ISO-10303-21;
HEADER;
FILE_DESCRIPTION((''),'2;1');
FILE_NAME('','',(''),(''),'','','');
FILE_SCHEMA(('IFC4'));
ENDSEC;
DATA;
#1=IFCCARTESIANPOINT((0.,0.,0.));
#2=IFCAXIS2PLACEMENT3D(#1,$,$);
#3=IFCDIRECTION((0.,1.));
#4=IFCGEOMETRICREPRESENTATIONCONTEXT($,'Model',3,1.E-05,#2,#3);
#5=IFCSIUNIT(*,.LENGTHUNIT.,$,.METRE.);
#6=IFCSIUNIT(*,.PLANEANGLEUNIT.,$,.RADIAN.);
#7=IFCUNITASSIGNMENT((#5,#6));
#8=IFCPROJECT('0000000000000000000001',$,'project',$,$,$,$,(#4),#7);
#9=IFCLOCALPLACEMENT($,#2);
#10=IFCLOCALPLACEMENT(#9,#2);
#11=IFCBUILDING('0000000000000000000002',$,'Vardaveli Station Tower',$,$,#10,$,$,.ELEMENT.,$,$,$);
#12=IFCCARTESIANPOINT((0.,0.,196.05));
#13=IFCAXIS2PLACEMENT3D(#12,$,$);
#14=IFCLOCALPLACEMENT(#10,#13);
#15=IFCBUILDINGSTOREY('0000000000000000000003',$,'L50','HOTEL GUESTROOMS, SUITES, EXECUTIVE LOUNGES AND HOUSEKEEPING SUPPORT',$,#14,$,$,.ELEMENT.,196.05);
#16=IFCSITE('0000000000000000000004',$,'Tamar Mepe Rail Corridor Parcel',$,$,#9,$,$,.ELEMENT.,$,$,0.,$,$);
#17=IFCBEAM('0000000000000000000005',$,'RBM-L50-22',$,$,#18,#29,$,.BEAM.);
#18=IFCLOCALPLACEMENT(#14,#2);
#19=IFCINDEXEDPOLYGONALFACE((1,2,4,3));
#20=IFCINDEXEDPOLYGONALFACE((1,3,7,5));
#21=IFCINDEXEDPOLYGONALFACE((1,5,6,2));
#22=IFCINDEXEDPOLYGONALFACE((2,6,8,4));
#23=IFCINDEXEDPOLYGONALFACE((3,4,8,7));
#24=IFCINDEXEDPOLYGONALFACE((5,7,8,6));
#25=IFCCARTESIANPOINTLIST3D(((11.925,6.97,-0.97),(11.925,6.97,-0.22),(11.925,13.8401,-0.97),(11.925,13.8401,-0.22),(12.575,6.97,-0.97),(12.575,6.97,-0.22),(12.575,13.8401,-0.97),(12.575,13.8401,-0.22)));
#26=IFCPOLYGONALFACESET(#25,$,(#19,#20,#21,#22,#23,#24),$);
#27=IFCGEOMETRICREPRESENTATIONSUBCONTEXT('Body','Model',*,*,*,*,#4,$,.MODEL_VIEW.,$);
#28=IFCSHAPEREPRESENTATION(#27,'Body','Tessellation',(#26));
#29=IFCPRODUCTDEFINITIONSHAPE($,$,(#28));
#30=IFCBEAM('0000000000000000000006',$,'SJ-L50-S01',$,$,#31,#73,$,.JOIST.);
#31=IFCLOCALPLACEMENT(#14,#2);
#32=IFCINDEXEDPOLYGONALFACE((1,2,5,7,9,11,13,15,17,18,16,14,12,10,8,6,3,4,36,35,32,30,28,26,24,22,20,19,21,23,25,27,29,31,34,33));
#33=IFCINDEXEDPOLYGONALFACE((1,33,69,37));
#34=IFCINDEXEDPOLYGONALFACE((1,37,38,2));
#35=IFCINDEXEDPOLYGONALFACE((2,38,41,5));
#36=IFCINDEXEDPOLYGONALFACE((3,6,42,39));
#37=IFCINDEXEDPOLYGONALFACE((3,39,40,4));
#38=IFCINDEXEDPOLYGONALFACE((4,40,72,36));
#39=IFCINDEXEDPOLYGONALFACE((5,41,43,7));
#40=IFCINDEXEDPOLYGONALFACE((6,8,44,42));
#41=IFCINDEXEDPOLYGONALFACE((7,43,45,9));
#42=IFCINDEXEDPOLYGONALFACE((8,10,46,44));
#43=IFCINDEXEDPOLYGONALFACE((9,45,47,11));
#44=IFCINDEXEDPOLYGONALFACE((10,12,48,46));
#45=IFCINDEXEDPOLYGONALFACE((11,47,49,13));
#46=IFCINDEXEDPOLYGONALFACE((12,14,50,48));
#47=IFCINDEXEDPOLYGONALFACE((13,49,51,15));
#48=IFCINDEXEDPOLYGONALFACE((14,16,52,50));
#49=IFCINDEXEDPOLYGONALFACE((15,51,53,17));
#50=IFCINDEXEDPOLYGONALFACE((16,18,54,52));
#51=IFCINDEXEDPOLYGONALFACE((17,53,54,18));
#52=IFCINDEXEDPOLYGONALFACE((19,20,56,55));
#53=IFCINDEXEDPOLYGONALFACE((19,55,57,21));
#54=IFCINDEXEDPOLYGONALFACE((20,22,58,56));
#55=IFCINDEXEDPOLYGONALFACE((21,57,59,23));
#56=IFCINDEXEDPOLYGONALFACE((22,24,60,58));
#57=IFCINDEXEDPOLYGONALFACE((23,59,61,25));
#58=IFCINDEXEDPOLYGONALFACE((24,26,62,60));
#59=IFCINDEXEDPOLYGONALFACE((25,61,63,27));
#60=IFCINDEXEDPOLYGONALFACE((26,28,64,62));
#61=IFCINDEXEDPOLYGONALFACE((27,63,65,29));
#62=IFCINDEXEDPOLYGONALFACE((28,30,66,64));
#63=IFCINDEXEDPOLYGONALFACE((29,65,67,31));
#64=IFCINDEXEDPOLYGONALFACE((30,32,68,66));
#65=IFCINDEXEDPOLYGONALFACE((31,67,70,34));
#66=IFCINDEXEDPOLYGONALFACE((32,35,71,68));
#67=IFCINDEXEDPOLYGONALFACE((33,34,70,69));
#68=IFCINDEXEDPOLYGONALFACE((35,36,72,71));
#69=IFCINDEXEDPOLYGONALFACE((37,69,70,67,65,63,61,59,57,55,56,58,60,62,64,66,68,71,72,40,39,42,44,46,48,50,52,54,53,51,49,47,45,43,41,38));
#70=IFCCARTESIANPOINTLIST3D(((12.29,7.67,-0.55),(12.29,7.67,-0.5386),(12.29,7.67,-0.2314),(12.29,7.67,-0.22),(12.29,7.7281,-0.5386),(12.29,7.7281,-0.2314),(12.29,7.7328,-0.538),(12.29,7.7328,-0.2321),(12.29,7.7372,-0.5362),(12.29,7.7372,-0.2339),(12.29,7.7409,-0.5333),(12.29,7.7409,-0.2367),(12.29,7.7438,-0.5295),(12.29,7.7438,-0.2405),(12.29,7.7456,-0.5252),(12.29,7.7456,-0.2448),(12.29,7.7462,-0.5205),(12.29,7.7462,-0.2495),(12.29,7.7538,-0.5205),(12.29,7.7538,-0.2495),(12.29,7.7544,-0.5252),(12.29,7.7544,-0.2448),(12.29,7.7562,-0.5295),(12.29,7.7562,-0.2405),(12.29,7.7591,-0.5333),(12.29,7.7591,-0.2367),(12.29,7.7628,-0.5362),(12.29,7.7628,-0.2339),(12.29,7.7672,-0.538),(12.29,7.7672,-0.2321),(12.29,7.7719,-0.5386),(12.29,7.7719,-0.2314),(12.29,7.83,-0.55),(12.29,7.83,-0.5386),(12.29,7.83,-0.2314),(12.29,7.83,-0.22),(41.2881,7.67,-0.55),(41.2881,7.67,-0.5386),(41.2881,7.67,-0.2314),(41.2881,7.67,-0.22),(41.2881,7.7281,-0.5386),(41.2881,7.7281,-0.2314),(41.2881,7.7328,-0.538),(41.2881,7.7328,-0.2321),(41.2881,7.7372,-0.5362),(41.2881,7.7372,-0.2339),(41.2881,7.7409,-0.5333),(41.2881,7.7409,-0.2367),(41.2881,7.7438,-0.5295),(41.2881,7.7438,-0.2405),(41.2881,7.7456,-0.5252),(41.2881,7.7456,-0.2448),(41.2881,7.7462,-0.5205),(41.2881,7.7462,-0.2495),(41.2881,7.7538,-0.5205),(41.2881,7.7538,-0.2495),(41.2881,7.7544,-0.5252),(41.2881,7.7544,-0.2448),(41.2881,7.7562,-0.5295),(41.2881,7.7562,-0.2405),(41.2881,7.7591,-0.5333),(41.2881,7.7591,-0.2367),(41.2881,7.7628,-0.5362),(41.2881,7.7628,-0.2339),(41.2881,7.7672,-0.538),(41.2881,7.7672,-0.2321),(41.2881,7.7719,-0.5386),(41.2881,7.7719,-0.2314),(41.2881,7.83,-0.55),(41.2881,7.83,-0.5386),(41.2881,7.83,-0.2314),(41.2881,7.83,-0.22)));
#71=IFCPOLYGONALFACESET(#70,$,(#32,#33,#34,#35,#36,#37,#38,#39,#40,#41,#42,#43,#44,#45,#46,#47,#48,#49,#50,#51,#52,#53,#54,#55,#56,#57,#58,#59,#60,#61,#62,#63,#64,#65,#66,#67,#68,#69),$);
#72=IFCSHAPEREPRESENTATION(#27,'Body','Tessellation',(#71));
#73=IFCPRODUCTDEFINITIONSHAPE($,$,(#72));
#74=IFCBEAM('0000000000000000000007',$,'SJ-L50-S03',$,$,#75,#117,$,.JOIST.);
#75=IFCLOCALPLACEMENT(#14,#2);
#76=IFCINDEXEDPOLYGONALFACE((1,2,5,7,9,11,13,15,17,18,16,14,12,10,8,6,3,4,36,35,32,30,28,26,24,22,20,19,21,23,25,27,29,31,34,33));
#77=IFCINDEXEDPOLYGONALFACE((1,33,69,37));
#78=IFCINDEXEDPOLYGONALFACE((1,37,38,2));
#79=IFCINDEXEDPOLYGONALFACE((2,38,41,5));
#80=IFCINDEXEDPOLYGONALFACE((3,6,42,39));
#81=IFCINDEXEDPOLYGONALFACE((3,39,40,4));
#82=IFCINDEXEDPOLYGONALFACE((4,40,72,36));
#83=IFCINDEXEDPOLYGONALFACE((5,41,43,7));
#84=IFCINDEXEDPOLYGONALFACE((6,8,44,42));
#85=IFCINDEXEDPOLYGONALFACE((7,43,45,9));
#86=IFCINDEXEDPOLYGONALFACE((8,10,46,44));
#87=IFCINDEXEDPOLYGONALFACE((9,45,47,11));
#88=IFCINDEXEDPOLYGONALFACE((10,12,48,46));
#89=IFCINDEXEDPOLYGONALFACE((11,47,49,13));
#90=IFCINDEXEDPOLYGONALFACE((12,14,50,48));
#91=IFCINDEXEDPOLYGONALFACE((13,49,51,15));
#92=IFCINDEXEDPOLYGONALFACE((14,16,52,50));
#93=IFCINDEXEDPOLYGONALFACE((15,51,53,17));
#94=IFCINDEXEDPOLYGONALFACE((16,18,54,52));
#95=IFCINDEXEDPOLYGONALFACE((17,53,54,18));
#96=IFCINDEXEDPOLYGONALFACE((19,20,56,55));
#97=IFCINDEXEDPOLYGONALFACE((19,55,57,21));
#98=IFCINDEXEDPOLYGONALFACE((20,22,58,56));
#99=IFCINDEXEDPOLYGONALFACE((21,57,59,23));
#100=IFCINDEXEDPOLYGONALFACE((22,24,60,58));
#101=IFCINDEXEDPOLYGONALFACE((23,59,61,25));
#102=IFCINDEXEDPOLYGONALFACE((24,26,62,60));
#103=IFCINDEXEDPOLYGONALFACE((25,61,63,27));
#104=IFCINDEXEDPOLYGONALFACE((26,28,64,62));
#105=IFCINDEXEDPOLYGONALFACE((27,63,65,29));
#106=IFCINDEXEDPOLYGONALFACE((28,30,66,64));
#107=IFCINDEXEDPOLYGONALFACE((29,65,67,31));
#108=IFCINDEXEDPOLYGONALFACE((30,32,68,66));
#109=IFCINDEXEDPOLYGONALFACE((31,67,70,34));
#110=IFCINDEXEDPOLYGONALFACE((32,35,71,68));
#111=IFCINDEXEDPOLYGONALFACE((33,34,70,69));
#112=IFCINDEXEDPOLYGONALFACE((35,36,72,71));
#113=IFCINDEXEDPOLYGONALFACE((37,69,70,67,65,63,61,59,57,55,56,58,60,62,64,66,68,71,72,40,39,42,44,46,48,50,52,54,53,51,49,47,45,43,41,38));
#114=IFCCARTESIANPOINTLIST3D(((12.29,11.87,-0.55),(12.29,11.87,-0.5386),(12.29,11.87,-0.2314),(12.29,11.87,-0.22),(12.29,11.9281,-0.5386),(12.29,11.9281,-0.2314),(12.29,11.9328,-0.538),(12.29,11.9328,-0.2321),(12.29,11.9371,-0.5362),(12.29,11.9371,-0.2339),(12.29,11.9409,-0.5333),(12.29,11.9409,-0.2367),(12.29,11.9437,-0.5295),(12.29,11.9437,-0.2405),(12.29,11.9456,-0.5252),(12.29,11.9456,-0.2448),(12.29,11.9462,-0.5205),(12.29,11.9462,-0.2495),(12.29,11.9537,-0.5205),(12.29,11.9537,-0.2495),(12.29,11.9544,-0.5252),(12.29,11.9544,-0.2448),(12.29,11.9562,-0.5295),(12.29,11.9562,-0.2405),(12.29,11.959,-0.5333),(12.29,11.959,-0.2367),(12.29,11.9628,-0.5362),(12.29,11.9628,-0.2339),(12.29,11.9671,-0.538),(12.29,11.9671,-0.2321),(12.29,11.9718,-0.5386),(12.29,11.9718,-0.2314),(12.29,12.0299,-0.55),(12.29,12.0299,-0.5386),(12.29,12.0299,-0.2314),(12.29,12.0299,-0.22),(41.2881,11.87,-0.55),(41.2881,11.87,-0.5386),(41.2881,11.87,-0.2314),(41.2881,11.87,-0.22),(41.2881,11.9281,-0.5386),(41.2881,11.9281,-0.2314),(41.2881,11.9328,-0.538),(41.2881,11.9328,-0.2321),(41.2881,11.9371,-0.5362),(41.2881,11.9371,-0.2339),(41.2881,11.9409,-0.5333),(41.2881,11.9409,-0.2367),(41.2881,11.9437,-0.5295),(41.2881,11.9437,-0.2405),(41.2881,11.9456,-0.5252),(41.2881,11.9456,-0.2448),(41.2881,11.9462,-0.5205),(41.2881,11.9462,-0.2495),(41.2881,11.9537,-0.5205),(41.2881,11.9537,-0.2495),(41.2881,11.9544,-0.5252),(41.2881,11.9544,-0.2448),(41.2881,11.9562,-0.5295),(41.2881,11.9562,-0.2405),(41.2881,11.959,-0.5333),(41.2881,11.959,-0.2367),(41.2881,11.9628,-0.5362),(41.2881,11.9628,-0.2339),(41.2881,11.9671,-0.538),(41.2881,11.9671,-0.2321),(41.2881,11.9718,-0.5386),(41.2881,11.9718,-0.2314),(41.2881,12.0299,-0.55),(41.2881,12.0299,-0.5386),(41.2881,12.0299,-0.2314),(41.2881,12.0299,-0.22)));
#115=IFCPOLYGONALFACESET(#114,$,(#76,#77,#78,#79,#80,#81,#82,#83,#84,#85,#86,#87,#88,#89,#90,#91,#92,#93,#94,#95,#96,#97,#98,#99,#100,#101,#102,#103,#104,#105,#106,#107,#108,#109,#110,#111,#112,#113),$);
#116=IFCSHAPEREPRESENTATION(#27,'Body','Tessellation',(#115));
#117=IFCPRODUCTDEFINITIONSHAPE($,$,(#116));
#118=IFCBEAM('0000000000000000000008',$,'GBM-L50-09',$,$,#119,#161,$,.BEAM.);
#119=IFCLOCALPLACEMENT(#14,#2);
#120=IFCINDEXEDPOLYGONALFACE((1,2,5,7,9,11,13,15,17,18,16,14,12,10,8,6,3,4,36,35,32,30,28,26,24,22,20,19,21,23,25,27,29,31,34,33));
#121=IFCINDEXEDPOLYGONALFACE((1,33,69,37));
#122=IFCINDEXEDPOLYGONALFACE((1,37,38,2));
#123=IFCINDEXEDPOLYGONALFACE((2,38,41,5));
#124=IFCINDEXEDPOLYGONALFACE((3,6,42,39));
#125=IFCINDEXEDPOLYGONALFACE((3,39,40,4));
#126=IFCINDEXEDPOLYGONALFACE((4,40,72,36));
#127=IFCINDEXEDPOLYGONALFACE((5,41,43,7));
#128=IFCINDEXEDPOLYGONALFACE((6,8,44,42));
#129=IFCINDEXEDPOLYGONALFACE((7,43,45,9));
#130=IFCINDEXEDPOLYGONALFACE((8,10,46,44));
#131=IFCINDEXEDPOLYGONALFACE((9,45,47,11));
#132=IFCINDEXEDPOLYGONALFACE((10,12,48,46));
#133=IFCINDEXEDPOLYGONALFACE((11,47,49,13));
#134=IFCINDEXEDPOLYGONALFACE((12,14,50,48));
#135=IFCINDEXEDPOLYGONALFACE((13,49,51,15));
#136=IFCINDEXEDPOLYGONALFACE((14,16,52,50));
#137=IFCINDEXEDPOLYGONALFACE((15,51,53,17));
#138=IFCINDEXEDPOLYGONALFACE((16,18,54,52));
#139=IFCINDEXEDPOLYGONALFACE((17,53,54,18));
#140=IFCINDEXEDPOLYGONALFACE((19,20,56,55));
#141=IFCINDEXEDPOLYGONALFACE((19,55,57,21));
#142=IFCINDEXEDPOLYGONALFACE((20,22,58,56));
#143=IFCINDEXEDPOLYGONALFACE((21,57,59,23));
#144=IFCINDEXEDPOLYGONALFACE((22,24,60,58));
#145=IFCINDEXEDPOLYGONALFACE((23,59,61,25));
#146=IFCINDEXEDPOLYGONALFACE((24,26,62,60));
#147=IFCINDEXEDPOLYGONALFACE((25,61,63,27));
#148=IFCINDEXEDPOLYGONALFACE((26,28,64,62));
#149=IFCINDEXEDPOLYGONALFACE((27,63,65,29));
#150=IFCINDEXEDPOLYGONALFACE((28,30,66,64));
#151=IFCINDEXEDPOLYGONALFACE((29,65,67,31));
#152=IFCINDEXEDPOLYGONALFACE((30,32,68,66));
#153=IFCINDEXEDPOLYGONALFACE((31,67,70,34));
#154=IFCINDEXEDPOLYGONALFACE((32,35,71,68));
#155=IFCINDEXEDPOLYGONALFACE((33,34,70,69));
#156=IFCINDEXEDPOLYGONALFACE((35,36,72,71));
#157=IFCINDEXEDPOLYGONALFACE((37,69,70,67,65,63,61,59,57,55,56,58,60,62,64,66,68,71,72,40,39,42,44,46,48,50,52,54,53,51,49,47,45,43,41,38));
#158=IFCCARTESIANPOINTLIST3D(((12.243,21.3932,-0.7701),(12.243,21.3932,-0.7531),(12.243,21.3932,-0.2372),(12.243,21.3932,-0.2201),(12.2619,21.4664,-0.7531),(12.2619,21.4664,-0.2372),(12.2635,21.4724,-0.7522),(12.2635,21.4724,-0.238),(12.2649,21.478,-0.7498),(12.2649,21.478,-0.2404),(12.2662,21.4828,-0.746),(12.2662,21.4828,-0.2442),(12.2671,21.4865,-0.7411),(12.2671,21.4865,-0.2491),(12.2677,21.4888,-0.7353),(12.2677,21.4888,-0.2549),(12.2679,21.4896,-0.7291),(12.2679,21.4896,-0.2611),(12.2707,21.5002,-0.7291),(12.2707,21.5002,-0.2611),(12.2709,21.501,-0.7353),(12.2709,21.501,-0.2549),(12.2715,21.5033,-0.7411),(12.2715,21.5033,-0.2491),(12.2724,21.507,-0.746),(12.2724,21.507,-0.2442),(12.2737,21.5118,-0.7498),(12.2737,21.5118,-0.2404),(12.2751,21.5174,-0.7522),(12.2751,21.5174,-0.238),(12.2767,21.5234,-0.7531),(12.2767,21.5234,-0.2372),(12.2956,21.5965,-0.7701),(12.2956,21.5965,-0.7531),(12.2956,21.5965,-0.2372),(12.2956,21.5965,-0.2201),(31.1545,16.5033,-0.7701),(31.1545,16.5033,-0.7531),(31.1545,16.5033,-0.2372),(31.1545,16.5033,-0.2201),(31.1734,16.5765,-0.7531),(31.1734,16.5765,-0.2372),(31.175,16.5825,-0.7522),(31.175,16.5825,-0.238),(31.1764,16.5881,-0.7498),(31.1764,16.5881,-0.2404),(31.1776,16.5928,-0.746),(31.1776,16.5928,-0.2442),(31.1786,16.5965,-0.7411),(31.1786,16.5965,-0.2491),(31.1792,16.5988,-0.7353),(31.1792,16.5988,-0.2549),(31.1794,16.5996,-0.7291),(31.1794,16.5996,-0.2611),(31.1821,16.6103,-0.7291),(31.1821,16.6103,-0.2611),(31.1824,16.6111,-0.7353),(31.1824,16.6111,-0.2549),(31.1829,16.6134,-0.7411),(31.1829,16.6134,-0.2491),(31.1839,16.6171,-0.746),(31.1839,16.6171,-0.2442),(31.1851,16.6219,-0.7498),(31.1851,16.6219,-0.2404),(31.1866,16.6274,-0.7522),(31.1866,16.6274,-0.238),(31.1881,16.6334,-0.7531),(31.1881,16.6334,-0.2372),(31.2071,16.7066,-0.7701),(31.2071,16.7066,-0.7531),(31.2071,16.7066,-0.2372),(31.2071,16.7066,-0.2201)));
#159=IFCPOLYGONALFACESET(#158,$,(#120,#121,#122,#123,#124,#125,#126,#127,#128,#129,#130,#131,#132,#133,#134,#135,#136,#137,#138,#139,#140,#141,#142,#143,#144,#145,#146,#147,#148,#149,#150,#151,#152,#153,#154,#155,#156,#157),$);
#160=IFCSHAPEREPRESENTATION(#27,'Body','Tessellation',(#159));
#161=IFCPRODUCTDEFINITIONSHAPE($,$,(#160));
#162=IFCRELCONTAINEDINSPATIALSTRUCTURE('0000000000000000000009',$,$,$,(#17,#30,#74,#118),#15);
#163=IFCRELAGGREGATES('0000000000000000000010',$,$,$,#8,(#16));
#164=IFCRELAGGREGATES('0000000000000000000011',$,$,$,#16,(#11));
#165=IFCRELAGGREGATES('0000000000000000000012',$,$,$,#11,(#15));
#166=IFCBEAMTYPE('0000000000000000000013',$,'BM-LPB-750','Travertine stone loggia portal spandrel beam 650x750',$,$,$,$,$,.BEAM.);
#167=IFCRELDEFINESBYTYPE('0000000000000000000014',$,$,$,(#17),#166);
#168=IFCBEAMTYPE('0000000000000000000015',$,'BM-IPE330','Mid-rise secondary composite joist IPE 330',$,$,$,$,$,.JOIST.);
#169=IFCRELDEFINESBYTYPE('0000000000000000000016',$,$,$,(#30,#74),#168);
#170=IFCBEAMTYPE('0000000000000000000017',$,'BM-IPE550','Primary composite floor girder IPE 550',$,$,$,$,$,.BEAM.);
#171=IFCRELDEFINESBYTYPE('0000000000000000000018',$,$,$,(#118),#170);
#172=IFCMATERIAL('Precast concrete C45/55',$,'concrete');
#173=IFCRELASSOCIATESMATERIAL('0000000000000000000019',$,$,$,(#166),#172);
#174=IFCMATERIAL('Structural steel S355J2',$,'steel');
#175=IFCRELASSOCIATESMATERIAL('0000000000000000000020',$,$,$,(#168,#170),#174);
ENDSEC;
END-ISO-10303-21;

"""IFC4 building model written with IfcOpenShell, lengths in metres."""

from ifc_helpers import new_model, si_unit, direction, frame, origin, origin_2d, place, context, subcontext, project, spatial, rectangle, i_section, extrude, source, transform, mapped, material, material_profile, profile_set, type_object, element, save


model = new_model("IFC4")

# Units and contexts
model_context = context("Model", 3, precision=1e-05, world=origin(), true_north=direction((0.0, 1.0)))
body_context = subcontext(model_context, "Body", "Model", "MODEL_VIEW")
ifc_project = project(units=[si_unit("LENGTHUNIT", "METRE"), si_unit("PLANEANGLEUNIT", "RADIAN")], contexts=[model_context])

# Site, building, storey
site_placement = place(None, origin())
site = spatial("IfcSite", under=ifc_project, at=site_placement, Name="Tamar Mepe Rail Corridor Parcel", CompositionType="ELEMENT", RefElevation=0.0)
building_placement = place(site_placement, origin())
building = spatial("IfcBuilding", under=site, at=building_placement, Name="Vardaveli Station Tower", CompositionType="ELEMENT")
storey_placement = place(building_placement, frame((0.0, 0.0, 196.05)))
storey = spatial("IfcBuildingStorey", under=building, at=storey_placement, Name="L50", Description="HOTEL GUESTROOMS, SUITES, EXECUTIVE LOUNGES AND HOUSEKEEPING SUPPORT", CompositionType="ELEMENT", Elevation=196.05)

# Beams
ifc_material_1 = material(Name="Precast concrete C45/55", Category="concrete")
ifc_material_profile_1 = material_profile(ifc_material_1, rectangle(XDim=0.6499, YDim=0.75, at=origin_2d()), Name="LPB 650x750")
ifc_profile_set_1 = profile_set([ifc_material_profile_1], Name="Precast concrete C45/55")
beam_type_1 = type_object("IfcBeamType", Name="BM-LPB-750", Description="Travertine stone loggia portal spandrel beam 650x750", PredefinedType="BEAM", material=ifc_profile_set_1)
shared_shape_1 = source(origin(), body_context, "Body", "SweptSolid", [
    extrude(rectangle(XDim=0.6499, YDim=0.75, at=origin_2d()), origin(), (0.0, 0.0, 1.0), 6.8701),
])
beam_1_placement = place(storey_placement, frame((12.25, 13.8401, -0.595), z_axis=(0.0, -1.0, 0.0), x_axis=(1.0, 0.0, 0.0)))
element("IfcBeam", 1, at=beam_1_placement, inside=storey, type_object=beam_type_1, Name="RBM-L50-22", PredefinedType="BEAM", context=body_context, shape_type="MappedRepresentation", body=[
    mapped(shared_shape_1, transform((0.0, 0.0, 0.0), scale=1.0)),
])
ifc_material_2 = material(Name="Structural steel S355J2", Category="steel")
ifc_material_profile_2 = material_profile(ifc_material_2, i_section(OverallWidth=0.1599, OverallDepth=0.3301, WebThickness=0.0076, FlangeThickness=0.0115, FilletRadius=0.0181, at=origin_2d()), Name="IPE 330")
ifc_profile_set_2 = profile_set([ifc_material_profile_2], Name="Structural steel S355J2")
beam_type_2 = type_object("IfcBeamType", Name="BM-IPE330", Description="Mid-rise secondary composite joist IPE 330", PredefinedType="JOIST", material=ifc_profile_set_2)
shared_shape_2 = source(origin(), body_context, "Body", "SweptSolid", [
    extrude(i_section(OverallWidth=0.1599, OverallDepth=0.3301, WebThickness=0.0076, FlangeThickness=0.0115, FilletRadius=0.0181, at=origin_2d()), origin(), (0.0, 0.0, 1.0), 28.998),
])
for number, where, z_axis, x_axis, name in (
    (2, (12.29, 7.75, -0.385), (1.0, 0.0, 0.0), (0.0, 1.0, 0.0), "SJ-L50-S01"),
    (3, (12.29, 11.95, -0.385), (1.0, 0.0, 0.0), (0.0, 1.0, 0.0), "SJ-L50-S03"),
):
    element("IfcBeam", number, at=place(storey_placement, frame(where, z_axis=z_axis, x_axis=x_axis)), inside=storey, type_object=beam_type_2, Name=name, PredefinedType="JOIST", context=body_context, shape_type="MappedRepresentation", body=[
        mapped(shared_shape_2, transform((0.0, 0.0, 0.0), scale=1.0)),
    ])
ifc_material_profile_3 = material_profile(ifc_material_2, i_section(OverallWidth=0.21, OverallDepth=0.55, WebThickness=0.011, FlangeThickness=0.0171, FilletRadius=0.0239, at=origin_2d()), Name="IPE 550")
ifc_profile_set_3 = profile_set([ifc_material_profile_3], Name="Structural steel S355J2")
beam_type_3 = type_object("IfcBeamType", Name="BM-IPE550", Description="Primary composite floor girder IPE 550", PredefinedType="BEAM", material=ifc_profile_set_3)
shared_shape_3 = source(origin(), body_context, "Body", "SweptSolid", [
    extrude(i_section(OverallWidth=0.21, OverallDepth=0.55, WebThickness=0.011, FlangeThickness=0.0171, FilletRadius=0.0239, at=origin_2d()), origin(), (0.0, 0.0, 1.0), 19.5334),
])
beam_2_placement = place(storey_placement, frame((12.2693, 21.4949, -0.4951), z_axis=(0.968159, -0.250336, 0.0), x_axis=(0.250336, 0.968159, 0.0)))
element("IfcBeam", 4, at=beam_2_placement, inside=storey, type_object=beam_type_3, Name="GBM-L50-09", PredefinedType="BEAM", context=body_context, shape_type="MappedRepresentation", body=[
    mapped(shared_shape_3, transform((0.0, 0.0, 0.0), scale=1.0)),
])

save(model, "model.ifc")
